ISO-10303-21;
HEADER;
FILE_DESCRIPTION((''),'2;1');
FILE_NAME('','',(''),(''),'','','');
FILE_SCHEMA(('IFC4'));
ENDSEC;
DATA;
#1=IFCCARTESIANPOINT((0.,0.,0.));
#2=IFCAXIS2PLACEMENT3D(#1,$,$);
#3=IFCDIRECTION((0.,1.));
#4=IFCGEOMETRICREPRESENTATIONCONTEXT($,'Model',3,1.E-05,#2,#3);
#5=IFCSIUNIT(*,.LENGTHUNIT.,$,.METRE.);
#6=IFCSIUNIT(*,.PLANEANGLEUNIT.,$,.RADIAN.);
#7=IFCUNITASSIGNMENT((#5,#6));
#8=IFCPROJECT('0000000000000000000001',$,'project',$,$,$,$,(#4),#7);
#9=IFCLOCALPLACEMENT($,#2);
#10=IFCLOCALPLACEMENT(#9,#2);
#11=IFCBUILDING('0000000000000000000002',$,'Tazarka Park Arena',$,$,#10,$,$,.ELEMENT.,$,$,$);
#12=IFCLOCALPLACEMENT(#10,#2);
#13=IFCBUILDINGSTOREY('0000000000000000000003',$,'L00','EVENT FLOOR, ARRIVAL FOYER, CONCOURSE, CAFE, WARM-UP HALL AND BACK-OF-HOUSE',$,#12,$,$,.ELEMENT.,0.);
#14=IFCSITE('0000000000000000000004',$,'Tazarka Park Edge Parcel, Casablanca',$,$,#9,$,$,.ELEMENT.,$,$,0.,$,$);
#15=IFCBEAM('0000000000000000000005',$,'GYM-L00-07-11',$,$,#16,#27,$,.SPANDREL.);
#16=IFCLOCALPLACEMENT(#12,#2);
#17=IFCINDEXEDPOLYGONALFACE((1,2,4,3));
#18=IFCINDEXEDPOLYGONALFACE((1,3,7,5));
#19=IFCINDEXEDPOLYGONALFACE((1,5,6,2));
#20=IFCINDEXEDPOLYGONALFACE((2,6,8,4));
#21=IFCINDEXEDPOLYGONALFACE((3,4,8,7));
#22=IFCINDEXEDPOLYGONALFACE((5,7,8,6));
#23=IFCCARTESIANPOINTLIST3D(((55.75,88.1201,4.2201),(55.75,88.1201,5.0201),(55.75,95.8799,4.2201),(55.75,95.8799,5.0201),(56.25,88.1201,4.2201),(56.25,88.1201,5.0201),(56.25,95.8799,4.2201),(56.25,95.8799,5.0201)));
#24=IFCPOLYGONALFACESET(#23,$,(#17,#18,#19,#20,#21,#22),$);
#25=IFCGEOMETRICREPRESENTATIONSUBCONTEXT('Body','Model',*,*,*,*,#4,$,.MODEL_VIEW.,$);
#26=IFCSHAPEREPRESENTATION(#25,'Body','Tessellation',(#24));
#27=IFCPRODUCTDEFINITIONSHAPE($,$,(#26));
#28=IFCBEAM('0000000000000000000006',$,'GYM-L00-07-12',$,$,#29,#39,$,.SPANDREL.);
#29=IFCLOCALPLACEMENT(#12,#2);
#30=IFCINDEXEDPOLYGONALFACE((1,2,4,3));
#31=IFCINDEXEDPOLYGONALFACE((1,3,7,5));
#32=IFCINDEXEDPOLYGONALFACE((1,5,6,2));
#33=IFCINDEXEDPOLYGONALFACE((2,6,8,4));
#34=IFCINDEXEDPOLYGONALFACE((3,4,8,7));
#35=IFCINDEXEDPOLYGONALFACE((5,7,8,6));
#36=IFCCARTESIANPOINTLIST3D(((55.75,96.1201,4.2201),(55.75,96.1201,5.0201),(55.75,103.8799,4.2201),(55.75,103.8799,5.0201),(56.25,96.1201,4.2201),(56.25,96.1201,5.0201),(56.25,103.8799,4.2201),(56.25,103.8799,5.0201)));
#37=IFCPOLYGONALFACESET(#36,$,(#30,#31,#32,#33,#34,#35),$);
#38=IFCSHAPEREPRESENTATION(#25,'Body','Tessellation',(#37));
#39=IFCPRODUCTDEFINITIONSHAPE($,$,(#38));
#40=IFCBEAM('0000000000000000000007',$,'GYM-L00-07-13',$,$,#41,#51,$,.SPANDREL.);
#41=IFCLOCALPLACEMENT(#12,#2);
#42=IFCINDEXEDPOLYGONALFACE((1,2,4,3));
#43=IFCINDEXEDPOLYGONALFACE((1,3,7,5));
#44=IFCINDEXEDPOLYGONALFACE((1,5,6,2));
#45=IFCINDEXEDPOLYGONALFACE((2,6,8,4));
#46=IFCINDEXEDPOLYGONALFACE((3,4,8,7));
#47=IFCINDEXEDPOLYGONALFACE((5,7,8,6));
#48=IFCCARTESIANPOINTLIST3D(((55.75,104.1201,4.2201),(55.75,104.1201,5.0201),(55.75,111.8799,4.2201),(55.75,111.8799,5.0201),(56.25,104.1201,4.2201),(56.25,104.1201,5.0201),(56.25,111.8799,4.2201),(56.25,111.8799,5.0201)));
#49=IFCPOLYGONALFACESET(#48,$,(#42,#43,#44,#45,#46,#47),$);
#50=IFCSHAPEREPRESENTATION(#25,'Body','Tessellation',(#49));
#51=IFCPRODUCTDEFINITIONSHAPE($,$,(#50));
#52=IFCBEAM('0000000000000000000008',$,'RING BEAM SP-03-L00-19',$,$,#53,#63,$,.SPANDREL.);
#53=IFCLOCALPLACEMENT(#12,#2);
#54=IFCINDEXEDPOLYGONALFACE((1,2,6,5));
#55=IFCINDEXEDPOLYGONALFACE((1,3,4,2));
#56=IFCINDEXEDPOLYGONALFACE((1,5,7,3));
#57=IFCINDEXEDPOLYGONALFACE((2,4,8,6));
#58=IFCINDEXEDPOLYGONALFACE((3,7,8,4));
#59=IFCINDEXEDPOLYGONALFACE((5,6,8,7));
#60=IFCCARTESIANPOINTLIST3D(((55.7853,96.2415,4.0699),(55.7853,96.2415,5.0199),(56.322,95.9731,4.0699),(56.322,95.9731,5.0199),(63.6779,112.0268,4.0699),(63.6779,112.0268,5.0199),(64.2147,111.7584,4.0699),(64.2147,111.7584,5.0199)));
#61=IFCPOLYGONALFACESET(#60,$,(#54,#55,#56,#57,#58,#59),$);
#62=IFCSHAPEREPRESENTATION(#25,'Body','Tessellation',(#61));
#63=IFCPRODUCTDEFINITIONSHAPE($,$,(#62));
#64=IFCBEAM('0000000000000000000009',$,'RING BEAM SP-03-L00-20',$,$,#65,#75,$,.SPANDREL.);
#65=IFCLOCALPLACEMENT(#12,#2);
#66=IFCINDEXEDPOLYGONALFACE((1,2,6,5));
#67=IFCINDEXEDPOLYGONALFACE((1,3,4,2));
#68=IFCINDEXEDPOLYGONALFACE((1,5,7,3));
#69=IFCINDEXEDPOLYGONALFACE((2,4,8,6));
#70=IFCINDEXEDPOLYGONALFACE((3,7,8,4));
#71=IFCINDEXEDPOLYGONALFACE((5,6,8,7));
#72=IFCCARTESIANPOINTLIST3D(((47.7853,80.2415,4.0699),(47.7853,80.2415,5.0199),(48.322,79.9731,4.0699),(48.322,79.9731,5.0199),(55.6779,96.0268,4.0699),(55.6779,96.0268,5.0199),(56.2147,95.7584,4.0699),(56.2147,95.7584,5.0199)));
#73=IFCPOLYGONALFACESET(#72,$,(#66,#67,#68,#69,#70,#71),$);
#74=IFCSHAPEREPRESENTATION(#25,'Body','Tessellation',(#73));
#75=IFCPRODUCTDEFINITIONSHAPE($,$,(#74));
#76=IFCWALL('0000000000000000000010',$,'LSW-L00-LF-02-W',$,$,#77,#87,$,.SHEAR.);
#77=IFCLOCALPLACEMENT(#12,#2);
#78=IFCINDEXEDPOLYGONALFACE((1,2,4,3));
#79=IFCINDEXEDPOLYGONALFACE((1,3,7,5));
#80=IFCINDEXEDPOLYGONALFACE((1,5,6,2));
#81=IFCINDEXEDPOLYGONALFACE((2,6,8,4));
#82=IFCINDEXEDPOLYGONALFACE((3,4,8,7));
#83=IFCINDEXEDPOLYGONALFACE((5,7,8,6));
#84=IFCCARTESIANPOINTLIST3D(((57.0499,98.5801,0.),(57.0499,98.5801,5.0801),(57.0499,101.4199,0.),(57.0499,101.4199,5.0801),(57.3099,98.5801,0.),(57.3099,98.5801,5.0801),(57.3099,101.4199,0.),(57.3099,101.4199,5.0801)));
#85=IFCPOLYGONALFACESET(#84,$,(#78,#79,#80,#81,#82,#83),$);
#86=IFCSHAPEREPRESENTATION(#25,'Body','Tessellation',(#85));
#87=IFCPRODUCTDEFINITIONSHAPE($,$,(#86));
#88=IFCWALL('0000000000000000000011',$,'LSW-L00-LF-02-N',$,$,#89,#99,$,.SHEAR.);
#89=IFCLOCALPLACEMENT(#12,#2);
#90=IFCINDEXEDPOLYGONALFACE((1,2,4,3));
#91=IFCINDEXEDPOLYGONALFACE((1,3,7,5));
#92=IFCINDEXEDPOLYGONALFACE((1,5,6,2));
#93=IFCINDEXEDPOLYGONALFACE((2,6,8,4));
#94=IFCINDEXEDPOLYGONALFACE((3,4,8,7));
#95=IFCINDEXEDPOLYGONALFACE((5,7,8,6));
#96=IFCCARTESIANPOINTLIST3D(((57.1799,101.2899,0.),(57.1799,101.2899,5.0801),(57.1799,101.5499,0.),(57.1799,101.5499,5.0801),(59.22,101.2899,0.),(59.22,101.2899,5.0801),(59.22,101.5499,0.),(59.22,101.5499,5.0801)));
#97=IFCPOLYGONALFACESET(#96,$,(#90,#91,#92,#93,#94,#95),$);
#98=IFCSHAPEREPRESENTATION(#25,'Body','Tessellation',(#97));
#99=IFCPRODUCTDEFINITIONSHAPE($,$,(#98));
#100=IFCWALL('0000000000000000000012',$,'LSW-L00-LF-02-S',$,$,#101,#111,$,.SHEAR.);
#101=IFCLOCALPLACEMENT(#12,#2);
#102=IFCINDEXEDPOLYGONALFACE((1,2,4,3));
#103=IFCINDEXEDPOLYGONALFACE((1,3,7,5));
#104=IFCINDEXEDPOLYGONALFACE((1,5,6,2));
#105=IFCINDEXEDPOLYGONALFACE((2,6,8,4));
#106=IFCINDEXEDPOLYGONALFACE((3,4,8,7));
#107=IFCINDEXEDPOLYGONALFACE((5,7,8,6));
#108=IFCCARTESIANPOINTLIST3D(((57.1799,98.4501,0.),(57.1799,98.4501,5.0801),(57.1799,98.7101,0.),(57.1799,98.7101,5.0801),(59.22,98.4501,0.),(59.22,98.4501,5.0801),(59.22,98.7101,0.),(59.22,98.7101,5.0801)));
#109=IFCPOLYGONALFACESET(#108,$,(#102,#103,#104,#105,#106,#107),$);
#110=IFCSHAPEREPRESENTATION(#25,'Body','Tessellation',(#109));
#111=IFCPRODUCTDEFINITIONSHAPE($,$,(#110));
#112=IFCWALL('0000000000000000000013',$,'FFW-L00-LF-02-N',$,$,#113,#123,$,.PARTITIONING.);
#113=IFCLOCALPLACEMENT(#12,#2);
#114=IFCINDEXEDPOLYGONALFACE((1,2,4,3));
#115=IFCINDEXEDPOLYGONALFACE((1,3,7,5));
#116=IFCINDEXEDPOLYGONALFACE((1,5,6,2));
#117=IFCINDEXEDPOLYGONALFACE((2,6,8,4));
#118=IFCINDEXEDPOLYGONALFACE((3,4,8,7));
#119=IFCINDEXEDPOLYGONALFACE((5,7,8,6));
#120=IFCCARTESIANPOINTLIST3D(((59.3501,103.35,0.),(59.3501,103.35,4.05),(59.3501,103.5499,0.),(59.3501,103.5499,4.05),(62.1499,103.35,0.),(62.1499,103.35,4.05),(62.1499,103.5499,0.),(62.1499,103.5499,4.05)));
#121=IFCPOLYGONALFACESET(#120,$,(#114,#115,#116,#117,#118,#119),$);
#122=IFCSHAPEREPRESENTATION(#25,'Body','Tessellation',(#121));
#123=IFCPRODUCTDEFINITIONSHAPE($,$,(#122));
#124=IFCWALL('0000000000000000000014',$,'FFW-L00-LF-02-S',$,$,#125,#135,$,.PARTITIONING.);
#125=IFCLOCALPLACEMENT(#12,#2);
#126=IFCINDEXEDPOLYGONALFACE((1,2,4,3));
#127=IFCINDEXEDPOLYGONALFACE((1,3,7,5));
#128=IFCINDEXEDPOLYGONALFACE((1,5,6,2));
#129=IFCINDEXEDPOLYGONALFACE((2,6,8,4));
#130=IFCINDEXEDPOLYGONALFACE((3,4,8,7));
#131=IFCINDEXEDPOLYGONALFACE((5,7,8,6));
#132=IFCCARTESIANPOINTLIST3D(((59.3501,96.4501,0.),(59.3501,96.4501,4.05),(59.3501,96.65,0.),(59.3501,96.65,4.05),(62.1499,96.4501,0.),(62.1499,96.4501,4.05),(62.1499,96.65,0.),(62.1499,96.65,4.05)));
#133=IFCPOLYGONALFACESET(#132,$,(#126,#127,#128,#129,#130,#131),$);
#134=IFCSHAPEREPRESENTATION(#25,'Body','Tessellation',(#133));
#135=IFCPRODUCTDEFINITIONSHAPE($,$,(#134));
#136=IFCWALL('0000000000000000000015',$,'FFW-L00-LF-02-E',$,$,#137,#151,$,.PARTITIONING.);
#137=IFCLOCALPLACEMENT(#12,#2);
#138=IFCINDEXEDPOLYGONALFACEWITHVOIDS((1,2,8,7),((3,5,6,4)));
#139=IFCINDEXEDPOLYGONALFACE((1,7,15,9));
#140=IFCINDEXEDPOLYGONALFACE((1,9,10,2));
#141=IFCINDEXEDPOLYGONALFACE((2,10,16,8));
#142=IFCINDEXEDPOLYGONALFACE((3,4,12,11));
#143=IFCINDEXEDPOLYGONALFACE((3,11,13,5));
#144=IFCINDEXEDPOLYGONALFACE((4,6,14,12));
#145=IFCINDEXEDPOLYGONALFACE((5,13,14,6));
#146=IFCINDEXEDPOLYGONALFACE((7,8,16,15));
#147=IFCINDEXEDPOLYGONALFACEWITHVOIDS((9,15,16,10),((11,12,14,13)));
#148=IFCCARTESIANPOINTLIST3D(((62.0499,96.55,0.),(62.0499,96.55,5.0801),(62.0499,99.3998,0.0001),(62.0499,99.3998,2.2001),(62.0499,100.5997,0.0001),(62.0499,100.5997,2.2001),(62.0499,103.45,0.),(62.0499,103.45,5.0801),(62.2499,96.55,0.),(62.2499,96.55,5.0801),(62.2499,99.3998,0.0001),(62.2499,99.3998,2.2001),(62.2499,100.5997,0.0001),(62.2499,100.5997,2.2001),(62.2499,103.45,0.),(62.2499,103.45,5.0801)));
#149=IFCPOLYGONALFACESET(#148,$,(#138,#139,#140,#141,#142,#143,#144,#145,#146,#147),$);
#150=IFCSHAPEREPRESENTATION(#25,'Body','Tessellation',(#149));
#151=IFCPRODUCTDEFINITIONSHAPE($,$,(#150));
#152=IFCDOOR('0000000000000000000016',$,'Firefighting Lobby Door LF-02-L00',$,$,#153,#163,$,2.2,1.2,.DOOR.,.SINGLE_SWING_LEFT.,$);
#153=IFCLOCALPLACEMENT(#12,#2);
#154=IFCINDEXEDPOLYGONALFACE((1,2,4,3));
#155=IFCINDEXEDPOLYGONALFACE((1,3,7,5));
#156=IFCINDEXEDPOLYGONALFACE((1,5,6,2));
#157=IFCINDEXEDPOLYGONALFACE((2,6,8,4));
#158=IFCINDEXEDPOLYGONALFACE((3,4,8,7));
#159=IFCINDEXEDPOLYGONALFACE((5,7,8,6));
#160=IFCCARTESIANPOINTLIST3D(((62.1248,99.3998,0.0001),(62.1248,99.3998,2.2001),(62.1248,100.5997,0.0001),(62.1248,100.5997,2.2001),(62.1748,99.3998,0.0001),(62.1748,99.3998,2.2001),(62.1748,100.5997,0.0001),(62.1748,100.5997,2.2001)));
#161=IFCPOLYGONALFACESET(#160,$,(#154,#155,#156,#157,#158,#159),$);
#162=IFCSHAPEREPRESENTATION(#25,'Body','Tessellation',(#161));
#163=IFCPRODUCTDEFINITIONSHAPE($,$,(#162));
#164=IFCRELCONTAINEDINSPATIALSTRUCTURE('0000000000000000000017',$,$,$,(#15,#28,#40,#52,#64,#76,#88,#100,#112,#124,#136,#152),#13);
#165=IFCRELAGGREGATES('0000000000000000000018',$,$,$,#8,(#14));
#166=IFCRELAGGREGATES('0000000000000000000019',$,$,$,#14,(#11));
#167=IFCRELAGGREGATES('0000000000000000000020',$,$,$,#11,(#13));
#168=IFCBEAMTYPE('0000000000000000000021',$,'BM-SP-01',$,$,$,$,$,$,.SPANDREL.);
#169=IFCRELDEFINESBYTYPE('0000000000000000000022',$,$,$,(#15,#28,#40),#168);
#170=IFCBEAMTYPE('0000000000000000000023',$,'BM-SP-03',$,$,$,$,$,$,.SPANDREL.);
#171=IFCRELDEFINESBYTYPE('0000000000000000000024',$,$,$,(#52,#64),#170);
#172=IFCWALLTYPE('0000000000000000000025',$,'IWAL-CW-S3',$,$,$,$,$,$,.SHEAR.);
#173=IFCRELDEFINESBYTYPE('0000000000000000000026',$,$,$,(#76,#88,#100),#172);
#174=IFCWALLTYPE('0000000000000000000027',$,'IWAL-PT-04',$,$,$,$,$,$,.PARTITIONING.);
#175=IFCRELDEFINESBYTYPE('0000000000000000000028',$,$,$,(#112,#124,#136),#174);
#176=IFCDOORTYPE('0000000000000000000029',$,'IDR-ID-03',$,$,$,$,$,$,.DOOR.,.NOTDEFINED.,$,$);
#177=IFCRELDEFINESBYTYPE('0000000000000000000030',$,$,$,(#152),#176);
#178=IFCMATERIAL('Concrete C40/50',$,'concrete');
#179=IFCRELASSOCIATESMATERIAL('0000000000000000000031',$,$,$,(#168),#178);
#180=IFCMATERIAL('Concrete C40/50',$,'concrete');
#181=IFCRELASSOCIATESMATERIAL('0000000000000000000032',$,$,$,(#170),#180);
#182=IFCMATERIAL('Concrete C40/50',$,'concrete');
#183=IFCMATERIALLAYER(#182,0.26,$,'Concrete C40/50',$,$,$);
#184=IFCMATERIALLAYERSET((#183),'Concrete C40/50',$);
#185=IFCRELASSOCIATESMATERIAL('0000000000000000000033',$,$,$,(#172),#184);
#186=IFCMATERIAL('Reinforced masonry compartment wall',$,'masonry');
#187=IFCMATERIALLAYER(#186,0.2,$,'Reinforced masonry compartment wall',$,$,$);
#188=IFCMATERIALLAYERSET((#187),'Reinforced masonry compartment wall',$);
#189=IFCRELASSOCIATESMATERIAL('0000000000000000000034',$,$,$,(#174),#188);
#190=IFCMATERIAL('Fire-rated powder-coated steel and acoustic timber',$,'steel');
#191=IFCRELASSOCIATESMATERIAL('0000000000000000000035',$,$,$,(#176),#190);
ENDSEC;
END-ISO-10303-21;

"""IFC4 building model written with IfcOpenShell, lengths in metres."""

from ifc_helpers import new_model, si_unit, direction, frame, frame_2d, origin, origin_2d, place, context, subcontext, project, spatial, rectangle, extrude, material, layer, layer_set, material_profile, profile_set, type_object, element, fill, save


model = new_model("IFC4")

# Units and contexts
model_context = context("Model", 3, precision=1e-05, world=origin(), true_north=direction((0.0, 1.0)))
body_context = subcontext(model_context, "Body", "Model", "MODEL_VIEW")
ifc_project = project(units=[si_unit("LENGTHUNIT", "METRE"), si_unit("PLANEANGLEUNIT", "RADIAN")], contexts=[model_context])

# Site, building, storey
site_placement = place(None, origin())
site = spatial("IfcSite", under=ifc_project, at=site_placement, Name="Tazarka Park Edge Parcel, Casablanca", CompositionType="ELEMENT", RefElevation=0.0)
building_placement = place(site_placement, origin())
building = spatial("IfcBuilding", under=site, at=building_placement, Name="Tazarka Park Arena", CompositionType="ELEMENT")
storey_placement = place(building_placement, origin())
storey = spatial("IfcBuildingStorey", under=building, at=storey_placement, Name="L00", Description="EVENT FLOOR, ARRIVAL FOYER, CONCOURSE, CAFE, WARM-UP HALL AND BACK-OF-HOUSE", CompositionType="ELEMENT", Elevation=0.0)

# Beams
ifc_material_1 = material(Name="Concrete C40/50", Category="concrete")
ifc_material_profile_1 = material_profile(ifc_material_1, rectangle(XDim=0.5, YDim=0.8, at=origin_2d()), Name="Concrete C40/50")
ifc_profile_set_1 = profile_set([ifc_material_profile_1], Name="Concrete C40/50")
beam_type_1 = type_object("IfcBeamType", Name="BM-SP-01", PredefinedType="SPANDREL", material=ifc_profile_set_1)
for number, where, z_axis, x_axis, name in (
    (1, (56.0, 88.1201, 4.6201), (0.0, 1.0, 0.0), (-1.0, 0.0, 0.0), "GYM-L00-07-11"),
    (2, (56.0, 96.1201, 4.6201), (0.0, 1.0, 0.0), (-1.0, 0.0, 0.0), "GYM-L00-07-12"),
    (3, (56.0, 104.1201, 4.6201), (0.0, 1.0, 0.0), (-1.0, 0.0, 0.0), "GYM-L00-07-13"),
):
    element("IfcBeam", number, at=place(storey_placement, frame(where, z_axis=z_axis, x_axis=x_axis)), inside=storey, type_object=beam_type_1, Name=name, PredefinedType="SPANDREL", context=body_context, shape_type="SweptSolid", body=[
        extrude(rectangle(XDim=0.5, YDim=0.8, at=origin_2d()), origin(), (0.0, 0.0, 1.0), 7.7598),
    ])
ifc_material_2 = material(Name="Concrete C40/50", Category="concrete")
ifc_material_profile_2 = material_profile(ifc_material_2, rectangle(XDim=0.6001, YDim=0.95, at=origin_2d()), Name="Concrete C40/50")
ifc_profile_set_2 = profile_set([ifc_material_profile_2], Name="Concrete C40/50")
beam_type_2 = type_object("IfcBeamType", Name="BM-SP-03", PredefinedType="SPANDREL", material=ifc_profile_set_2)
for number, where, z_axis, x_axis, name in (
    (4, (63.9463, 111.8926, 4.5449), (-0.447214, -0.894427, 0.0), (0.894427, -0.447214, 0.0), "RING BEAM SP-03-L00-19"),
    (5, (55.9463, 95.8926, 4.5449), (-0.447214, -0.894427, 0.0), (0.894427, -0.447214, 0.0), "RING BEAM SP-03-L00-20"),
):
    element("IfcBeam", number, at=place(storey_placement, frame(where, z_axis=z_axis, x_axis=x_axis)), inside=storey, type_object=beam_type_2, Name=name, PredefinedType="SPANDREL", context=body_context, shape_type="SweptSolid", body=[
        extrude(rectangle(XDim=0.6001, YDim=0.95, at=origin_2d()), origin(), (0.0, 0.0, 1.0), 17.6484),
    ])

# Walls
ifc_material_3 = material(Name="Concrete C40/50", Category="concrete")
ifc_layer_1 = layer(ifc_material_3, 0.26, Name="Concrete C40/50")
ifc_layer_set_1 = layer_set([ifc_layer_1], Name="Concrete C40/50")
wall_type_1 = type_object("IfcWallType", Name="IWAL-CW-S3", PredefinedType="SHEAR", material=ifc_layer_set_1)
wall_1_placement = place(storey_placement, frame((57.1799, 98.5801, 0.0), z_axis=(0.0, 0.0, 1.0), x_axis=(0.0, 1.0, 0.0)))
element("IfcWall", 6, at=wall_1_placement, inside=storey, type_object=wall_type_1, Name="LSW-L00-LF-02-W", PredefinedType="SHEAR", context=body_context, shape_type="SweptSolid", body=[
    extrude(rectangle(XDim=2.8398, YDim=0.26, at=frame_2d((1.4199, 0.0))), origin(), (0.0, 0.0, 1.0), 5.0801),
])
for number, where, z_axis, x_axis, name in (
    (7, (57.1799, 101.4199, 0.0), (0.0, 0.0, 1.0), (1.0, 0.0, 0.0), "LSW-L00-LF-02-N"),
    (8, (59.22, 98.5801, 0.0), (0.0, 0.0, 1.0), (-1.0, 0.0, 0.0), "LSW-L00-LF-02-S"),
):
    element("IfcWall", number, at=place(storey_placement, frame(where, z_axis=z_axis, x_axis=x_axis)), inside=storey, type_object=wall_type_1, Name=name, PredefinedType="SHEAR", context=body_context, shape_type="SweptSolid", body=[
        extrude(rectangle(XDim=2.04, YDim=0.26, at=frame_2d((1.02, 0.0))), origin(), (0.0, 0.0, 1.0), 5.0801),
    ])

# Walls
ifc_material_4 = material(Name="Reinforced masonry compartment wall", Category="masonry")
ifc_layer_2 = layer(ifc_material_4, 0.2, Name="Reinforced masonry compartment wall")
ifc_layer_set_2 = layer_set([ifc_layer_2], Name="Reinforced masonry compartment wall")
wall_type_2 = type_object("IfcWallType", Name="IWAL-PT-04", PredefinedType="PARTITIONING", material=ifc_layer_set_2)
for number, where, z_axis, x_axis, name in (
    (9, (59.3501, 103.45, 0.0), (0.0, 0.0, 1.0), (1.0, 0.0, 0.0), "FFW-L00-LF-02-N"),
    (10, (62.1499, 96.55, 0.0), (0.0, 0.0, 1.0), (-1.0, 0.0, 0.0), "FFW-L00-LF-02-S"),
):
    element("IfcWall", number, at=place(storey_placement, frame(where, z_axis=z_axis, x_axis=x_axis)), inside=storey, type_object=wall_type_2, Name=name, PredefinedType="PARTITIONING", context=body_context, shape_type="SweptSolid", body=[
        extrude(rectangle(XDim=2.7998, YDim=0.2, at=frame_2d((1.3999, 0.0))), origin(), (0.0, 0.0, 1.0), 4.05),
    ])

# Wall, opening, door
wall_2_placement = place(storey_placement, frame((62.1499, 103.45, 0.0), z_axis=(0.0, 0.0, 1.0), x_axis=(0.0, -1.0, 0.0)))
wall_2 = element("IfcWall", 11, at=wall_2_placement, inside=storey, type_object=wall_type_2, Name="FFW-L00-LF-02-E", PredefinedType="PARTITIONING", context=body_context, shape_type="SweptSolid", body=[
    extrude(rectangle(XDim=6.8999, YDim=0.2, at=frame_2d((3.45, 0.0))), origin(), (0.0, 0.0, 1.0), 5.0801),
])
opening_1_placement = place(wall_2_placement, frame((2.8501, 0.0, 0.0)))
opening_1 = element("IfcOpeningElement", 12, at=opening_1_placement, cuts=wall_2, PredefinedType="OPENING", context=body_context, shape_type="SweptSolid", body=[
    extrude(rectangle(XDim=1.2, YDim=2.2, at=frame_2d((0.6001, 1.1001))), frame((0.0, 0.1099, 0.0), z_axis=(0.0, -1.0, 0.0), x_axis=(1.0, 0.0, 0.0)), (0.0, 0.0, 1.0), 0.22),
])
ifc_material_5 = material(Name="Fire-rated powder-coated steel and acoustic timber", Category="steel")
door_type_1 = type_object("IfcDoorType", Name="IDR-ID-03", OperationType="NOTDEFINED", PredefinedType="DOOR", material=ifc_material_5)
door_1_placement = place(opening_1_placement, origin())
door_1 = element("IfcDoor", 13, at=door_1_placement, inside=storey, type_object=door_type_1, Name="Firefighting Lobby Door LF-02-L00", OperationType="SINGLE_SWING_LEFT", OverallHeight=2.2, OverallWidth=1.2, PredefinedType="DOOR", context=body_context, shape_type="SweptSolid", body=[
    extrude(rectangle(XDim=1.2, YDim=2.2, at=frame_2d((0.6001, 1.1001))), frame((0.0, 0.0249, 0.0), z_axis=(0.0, -1.0, 0.0), x_axis=(1.0, 0.0, 0.0)), (0.0, 0.0, 1.0), 0.05),
])
fill(opening_1, door_1)

save(model, "model.ifc")
